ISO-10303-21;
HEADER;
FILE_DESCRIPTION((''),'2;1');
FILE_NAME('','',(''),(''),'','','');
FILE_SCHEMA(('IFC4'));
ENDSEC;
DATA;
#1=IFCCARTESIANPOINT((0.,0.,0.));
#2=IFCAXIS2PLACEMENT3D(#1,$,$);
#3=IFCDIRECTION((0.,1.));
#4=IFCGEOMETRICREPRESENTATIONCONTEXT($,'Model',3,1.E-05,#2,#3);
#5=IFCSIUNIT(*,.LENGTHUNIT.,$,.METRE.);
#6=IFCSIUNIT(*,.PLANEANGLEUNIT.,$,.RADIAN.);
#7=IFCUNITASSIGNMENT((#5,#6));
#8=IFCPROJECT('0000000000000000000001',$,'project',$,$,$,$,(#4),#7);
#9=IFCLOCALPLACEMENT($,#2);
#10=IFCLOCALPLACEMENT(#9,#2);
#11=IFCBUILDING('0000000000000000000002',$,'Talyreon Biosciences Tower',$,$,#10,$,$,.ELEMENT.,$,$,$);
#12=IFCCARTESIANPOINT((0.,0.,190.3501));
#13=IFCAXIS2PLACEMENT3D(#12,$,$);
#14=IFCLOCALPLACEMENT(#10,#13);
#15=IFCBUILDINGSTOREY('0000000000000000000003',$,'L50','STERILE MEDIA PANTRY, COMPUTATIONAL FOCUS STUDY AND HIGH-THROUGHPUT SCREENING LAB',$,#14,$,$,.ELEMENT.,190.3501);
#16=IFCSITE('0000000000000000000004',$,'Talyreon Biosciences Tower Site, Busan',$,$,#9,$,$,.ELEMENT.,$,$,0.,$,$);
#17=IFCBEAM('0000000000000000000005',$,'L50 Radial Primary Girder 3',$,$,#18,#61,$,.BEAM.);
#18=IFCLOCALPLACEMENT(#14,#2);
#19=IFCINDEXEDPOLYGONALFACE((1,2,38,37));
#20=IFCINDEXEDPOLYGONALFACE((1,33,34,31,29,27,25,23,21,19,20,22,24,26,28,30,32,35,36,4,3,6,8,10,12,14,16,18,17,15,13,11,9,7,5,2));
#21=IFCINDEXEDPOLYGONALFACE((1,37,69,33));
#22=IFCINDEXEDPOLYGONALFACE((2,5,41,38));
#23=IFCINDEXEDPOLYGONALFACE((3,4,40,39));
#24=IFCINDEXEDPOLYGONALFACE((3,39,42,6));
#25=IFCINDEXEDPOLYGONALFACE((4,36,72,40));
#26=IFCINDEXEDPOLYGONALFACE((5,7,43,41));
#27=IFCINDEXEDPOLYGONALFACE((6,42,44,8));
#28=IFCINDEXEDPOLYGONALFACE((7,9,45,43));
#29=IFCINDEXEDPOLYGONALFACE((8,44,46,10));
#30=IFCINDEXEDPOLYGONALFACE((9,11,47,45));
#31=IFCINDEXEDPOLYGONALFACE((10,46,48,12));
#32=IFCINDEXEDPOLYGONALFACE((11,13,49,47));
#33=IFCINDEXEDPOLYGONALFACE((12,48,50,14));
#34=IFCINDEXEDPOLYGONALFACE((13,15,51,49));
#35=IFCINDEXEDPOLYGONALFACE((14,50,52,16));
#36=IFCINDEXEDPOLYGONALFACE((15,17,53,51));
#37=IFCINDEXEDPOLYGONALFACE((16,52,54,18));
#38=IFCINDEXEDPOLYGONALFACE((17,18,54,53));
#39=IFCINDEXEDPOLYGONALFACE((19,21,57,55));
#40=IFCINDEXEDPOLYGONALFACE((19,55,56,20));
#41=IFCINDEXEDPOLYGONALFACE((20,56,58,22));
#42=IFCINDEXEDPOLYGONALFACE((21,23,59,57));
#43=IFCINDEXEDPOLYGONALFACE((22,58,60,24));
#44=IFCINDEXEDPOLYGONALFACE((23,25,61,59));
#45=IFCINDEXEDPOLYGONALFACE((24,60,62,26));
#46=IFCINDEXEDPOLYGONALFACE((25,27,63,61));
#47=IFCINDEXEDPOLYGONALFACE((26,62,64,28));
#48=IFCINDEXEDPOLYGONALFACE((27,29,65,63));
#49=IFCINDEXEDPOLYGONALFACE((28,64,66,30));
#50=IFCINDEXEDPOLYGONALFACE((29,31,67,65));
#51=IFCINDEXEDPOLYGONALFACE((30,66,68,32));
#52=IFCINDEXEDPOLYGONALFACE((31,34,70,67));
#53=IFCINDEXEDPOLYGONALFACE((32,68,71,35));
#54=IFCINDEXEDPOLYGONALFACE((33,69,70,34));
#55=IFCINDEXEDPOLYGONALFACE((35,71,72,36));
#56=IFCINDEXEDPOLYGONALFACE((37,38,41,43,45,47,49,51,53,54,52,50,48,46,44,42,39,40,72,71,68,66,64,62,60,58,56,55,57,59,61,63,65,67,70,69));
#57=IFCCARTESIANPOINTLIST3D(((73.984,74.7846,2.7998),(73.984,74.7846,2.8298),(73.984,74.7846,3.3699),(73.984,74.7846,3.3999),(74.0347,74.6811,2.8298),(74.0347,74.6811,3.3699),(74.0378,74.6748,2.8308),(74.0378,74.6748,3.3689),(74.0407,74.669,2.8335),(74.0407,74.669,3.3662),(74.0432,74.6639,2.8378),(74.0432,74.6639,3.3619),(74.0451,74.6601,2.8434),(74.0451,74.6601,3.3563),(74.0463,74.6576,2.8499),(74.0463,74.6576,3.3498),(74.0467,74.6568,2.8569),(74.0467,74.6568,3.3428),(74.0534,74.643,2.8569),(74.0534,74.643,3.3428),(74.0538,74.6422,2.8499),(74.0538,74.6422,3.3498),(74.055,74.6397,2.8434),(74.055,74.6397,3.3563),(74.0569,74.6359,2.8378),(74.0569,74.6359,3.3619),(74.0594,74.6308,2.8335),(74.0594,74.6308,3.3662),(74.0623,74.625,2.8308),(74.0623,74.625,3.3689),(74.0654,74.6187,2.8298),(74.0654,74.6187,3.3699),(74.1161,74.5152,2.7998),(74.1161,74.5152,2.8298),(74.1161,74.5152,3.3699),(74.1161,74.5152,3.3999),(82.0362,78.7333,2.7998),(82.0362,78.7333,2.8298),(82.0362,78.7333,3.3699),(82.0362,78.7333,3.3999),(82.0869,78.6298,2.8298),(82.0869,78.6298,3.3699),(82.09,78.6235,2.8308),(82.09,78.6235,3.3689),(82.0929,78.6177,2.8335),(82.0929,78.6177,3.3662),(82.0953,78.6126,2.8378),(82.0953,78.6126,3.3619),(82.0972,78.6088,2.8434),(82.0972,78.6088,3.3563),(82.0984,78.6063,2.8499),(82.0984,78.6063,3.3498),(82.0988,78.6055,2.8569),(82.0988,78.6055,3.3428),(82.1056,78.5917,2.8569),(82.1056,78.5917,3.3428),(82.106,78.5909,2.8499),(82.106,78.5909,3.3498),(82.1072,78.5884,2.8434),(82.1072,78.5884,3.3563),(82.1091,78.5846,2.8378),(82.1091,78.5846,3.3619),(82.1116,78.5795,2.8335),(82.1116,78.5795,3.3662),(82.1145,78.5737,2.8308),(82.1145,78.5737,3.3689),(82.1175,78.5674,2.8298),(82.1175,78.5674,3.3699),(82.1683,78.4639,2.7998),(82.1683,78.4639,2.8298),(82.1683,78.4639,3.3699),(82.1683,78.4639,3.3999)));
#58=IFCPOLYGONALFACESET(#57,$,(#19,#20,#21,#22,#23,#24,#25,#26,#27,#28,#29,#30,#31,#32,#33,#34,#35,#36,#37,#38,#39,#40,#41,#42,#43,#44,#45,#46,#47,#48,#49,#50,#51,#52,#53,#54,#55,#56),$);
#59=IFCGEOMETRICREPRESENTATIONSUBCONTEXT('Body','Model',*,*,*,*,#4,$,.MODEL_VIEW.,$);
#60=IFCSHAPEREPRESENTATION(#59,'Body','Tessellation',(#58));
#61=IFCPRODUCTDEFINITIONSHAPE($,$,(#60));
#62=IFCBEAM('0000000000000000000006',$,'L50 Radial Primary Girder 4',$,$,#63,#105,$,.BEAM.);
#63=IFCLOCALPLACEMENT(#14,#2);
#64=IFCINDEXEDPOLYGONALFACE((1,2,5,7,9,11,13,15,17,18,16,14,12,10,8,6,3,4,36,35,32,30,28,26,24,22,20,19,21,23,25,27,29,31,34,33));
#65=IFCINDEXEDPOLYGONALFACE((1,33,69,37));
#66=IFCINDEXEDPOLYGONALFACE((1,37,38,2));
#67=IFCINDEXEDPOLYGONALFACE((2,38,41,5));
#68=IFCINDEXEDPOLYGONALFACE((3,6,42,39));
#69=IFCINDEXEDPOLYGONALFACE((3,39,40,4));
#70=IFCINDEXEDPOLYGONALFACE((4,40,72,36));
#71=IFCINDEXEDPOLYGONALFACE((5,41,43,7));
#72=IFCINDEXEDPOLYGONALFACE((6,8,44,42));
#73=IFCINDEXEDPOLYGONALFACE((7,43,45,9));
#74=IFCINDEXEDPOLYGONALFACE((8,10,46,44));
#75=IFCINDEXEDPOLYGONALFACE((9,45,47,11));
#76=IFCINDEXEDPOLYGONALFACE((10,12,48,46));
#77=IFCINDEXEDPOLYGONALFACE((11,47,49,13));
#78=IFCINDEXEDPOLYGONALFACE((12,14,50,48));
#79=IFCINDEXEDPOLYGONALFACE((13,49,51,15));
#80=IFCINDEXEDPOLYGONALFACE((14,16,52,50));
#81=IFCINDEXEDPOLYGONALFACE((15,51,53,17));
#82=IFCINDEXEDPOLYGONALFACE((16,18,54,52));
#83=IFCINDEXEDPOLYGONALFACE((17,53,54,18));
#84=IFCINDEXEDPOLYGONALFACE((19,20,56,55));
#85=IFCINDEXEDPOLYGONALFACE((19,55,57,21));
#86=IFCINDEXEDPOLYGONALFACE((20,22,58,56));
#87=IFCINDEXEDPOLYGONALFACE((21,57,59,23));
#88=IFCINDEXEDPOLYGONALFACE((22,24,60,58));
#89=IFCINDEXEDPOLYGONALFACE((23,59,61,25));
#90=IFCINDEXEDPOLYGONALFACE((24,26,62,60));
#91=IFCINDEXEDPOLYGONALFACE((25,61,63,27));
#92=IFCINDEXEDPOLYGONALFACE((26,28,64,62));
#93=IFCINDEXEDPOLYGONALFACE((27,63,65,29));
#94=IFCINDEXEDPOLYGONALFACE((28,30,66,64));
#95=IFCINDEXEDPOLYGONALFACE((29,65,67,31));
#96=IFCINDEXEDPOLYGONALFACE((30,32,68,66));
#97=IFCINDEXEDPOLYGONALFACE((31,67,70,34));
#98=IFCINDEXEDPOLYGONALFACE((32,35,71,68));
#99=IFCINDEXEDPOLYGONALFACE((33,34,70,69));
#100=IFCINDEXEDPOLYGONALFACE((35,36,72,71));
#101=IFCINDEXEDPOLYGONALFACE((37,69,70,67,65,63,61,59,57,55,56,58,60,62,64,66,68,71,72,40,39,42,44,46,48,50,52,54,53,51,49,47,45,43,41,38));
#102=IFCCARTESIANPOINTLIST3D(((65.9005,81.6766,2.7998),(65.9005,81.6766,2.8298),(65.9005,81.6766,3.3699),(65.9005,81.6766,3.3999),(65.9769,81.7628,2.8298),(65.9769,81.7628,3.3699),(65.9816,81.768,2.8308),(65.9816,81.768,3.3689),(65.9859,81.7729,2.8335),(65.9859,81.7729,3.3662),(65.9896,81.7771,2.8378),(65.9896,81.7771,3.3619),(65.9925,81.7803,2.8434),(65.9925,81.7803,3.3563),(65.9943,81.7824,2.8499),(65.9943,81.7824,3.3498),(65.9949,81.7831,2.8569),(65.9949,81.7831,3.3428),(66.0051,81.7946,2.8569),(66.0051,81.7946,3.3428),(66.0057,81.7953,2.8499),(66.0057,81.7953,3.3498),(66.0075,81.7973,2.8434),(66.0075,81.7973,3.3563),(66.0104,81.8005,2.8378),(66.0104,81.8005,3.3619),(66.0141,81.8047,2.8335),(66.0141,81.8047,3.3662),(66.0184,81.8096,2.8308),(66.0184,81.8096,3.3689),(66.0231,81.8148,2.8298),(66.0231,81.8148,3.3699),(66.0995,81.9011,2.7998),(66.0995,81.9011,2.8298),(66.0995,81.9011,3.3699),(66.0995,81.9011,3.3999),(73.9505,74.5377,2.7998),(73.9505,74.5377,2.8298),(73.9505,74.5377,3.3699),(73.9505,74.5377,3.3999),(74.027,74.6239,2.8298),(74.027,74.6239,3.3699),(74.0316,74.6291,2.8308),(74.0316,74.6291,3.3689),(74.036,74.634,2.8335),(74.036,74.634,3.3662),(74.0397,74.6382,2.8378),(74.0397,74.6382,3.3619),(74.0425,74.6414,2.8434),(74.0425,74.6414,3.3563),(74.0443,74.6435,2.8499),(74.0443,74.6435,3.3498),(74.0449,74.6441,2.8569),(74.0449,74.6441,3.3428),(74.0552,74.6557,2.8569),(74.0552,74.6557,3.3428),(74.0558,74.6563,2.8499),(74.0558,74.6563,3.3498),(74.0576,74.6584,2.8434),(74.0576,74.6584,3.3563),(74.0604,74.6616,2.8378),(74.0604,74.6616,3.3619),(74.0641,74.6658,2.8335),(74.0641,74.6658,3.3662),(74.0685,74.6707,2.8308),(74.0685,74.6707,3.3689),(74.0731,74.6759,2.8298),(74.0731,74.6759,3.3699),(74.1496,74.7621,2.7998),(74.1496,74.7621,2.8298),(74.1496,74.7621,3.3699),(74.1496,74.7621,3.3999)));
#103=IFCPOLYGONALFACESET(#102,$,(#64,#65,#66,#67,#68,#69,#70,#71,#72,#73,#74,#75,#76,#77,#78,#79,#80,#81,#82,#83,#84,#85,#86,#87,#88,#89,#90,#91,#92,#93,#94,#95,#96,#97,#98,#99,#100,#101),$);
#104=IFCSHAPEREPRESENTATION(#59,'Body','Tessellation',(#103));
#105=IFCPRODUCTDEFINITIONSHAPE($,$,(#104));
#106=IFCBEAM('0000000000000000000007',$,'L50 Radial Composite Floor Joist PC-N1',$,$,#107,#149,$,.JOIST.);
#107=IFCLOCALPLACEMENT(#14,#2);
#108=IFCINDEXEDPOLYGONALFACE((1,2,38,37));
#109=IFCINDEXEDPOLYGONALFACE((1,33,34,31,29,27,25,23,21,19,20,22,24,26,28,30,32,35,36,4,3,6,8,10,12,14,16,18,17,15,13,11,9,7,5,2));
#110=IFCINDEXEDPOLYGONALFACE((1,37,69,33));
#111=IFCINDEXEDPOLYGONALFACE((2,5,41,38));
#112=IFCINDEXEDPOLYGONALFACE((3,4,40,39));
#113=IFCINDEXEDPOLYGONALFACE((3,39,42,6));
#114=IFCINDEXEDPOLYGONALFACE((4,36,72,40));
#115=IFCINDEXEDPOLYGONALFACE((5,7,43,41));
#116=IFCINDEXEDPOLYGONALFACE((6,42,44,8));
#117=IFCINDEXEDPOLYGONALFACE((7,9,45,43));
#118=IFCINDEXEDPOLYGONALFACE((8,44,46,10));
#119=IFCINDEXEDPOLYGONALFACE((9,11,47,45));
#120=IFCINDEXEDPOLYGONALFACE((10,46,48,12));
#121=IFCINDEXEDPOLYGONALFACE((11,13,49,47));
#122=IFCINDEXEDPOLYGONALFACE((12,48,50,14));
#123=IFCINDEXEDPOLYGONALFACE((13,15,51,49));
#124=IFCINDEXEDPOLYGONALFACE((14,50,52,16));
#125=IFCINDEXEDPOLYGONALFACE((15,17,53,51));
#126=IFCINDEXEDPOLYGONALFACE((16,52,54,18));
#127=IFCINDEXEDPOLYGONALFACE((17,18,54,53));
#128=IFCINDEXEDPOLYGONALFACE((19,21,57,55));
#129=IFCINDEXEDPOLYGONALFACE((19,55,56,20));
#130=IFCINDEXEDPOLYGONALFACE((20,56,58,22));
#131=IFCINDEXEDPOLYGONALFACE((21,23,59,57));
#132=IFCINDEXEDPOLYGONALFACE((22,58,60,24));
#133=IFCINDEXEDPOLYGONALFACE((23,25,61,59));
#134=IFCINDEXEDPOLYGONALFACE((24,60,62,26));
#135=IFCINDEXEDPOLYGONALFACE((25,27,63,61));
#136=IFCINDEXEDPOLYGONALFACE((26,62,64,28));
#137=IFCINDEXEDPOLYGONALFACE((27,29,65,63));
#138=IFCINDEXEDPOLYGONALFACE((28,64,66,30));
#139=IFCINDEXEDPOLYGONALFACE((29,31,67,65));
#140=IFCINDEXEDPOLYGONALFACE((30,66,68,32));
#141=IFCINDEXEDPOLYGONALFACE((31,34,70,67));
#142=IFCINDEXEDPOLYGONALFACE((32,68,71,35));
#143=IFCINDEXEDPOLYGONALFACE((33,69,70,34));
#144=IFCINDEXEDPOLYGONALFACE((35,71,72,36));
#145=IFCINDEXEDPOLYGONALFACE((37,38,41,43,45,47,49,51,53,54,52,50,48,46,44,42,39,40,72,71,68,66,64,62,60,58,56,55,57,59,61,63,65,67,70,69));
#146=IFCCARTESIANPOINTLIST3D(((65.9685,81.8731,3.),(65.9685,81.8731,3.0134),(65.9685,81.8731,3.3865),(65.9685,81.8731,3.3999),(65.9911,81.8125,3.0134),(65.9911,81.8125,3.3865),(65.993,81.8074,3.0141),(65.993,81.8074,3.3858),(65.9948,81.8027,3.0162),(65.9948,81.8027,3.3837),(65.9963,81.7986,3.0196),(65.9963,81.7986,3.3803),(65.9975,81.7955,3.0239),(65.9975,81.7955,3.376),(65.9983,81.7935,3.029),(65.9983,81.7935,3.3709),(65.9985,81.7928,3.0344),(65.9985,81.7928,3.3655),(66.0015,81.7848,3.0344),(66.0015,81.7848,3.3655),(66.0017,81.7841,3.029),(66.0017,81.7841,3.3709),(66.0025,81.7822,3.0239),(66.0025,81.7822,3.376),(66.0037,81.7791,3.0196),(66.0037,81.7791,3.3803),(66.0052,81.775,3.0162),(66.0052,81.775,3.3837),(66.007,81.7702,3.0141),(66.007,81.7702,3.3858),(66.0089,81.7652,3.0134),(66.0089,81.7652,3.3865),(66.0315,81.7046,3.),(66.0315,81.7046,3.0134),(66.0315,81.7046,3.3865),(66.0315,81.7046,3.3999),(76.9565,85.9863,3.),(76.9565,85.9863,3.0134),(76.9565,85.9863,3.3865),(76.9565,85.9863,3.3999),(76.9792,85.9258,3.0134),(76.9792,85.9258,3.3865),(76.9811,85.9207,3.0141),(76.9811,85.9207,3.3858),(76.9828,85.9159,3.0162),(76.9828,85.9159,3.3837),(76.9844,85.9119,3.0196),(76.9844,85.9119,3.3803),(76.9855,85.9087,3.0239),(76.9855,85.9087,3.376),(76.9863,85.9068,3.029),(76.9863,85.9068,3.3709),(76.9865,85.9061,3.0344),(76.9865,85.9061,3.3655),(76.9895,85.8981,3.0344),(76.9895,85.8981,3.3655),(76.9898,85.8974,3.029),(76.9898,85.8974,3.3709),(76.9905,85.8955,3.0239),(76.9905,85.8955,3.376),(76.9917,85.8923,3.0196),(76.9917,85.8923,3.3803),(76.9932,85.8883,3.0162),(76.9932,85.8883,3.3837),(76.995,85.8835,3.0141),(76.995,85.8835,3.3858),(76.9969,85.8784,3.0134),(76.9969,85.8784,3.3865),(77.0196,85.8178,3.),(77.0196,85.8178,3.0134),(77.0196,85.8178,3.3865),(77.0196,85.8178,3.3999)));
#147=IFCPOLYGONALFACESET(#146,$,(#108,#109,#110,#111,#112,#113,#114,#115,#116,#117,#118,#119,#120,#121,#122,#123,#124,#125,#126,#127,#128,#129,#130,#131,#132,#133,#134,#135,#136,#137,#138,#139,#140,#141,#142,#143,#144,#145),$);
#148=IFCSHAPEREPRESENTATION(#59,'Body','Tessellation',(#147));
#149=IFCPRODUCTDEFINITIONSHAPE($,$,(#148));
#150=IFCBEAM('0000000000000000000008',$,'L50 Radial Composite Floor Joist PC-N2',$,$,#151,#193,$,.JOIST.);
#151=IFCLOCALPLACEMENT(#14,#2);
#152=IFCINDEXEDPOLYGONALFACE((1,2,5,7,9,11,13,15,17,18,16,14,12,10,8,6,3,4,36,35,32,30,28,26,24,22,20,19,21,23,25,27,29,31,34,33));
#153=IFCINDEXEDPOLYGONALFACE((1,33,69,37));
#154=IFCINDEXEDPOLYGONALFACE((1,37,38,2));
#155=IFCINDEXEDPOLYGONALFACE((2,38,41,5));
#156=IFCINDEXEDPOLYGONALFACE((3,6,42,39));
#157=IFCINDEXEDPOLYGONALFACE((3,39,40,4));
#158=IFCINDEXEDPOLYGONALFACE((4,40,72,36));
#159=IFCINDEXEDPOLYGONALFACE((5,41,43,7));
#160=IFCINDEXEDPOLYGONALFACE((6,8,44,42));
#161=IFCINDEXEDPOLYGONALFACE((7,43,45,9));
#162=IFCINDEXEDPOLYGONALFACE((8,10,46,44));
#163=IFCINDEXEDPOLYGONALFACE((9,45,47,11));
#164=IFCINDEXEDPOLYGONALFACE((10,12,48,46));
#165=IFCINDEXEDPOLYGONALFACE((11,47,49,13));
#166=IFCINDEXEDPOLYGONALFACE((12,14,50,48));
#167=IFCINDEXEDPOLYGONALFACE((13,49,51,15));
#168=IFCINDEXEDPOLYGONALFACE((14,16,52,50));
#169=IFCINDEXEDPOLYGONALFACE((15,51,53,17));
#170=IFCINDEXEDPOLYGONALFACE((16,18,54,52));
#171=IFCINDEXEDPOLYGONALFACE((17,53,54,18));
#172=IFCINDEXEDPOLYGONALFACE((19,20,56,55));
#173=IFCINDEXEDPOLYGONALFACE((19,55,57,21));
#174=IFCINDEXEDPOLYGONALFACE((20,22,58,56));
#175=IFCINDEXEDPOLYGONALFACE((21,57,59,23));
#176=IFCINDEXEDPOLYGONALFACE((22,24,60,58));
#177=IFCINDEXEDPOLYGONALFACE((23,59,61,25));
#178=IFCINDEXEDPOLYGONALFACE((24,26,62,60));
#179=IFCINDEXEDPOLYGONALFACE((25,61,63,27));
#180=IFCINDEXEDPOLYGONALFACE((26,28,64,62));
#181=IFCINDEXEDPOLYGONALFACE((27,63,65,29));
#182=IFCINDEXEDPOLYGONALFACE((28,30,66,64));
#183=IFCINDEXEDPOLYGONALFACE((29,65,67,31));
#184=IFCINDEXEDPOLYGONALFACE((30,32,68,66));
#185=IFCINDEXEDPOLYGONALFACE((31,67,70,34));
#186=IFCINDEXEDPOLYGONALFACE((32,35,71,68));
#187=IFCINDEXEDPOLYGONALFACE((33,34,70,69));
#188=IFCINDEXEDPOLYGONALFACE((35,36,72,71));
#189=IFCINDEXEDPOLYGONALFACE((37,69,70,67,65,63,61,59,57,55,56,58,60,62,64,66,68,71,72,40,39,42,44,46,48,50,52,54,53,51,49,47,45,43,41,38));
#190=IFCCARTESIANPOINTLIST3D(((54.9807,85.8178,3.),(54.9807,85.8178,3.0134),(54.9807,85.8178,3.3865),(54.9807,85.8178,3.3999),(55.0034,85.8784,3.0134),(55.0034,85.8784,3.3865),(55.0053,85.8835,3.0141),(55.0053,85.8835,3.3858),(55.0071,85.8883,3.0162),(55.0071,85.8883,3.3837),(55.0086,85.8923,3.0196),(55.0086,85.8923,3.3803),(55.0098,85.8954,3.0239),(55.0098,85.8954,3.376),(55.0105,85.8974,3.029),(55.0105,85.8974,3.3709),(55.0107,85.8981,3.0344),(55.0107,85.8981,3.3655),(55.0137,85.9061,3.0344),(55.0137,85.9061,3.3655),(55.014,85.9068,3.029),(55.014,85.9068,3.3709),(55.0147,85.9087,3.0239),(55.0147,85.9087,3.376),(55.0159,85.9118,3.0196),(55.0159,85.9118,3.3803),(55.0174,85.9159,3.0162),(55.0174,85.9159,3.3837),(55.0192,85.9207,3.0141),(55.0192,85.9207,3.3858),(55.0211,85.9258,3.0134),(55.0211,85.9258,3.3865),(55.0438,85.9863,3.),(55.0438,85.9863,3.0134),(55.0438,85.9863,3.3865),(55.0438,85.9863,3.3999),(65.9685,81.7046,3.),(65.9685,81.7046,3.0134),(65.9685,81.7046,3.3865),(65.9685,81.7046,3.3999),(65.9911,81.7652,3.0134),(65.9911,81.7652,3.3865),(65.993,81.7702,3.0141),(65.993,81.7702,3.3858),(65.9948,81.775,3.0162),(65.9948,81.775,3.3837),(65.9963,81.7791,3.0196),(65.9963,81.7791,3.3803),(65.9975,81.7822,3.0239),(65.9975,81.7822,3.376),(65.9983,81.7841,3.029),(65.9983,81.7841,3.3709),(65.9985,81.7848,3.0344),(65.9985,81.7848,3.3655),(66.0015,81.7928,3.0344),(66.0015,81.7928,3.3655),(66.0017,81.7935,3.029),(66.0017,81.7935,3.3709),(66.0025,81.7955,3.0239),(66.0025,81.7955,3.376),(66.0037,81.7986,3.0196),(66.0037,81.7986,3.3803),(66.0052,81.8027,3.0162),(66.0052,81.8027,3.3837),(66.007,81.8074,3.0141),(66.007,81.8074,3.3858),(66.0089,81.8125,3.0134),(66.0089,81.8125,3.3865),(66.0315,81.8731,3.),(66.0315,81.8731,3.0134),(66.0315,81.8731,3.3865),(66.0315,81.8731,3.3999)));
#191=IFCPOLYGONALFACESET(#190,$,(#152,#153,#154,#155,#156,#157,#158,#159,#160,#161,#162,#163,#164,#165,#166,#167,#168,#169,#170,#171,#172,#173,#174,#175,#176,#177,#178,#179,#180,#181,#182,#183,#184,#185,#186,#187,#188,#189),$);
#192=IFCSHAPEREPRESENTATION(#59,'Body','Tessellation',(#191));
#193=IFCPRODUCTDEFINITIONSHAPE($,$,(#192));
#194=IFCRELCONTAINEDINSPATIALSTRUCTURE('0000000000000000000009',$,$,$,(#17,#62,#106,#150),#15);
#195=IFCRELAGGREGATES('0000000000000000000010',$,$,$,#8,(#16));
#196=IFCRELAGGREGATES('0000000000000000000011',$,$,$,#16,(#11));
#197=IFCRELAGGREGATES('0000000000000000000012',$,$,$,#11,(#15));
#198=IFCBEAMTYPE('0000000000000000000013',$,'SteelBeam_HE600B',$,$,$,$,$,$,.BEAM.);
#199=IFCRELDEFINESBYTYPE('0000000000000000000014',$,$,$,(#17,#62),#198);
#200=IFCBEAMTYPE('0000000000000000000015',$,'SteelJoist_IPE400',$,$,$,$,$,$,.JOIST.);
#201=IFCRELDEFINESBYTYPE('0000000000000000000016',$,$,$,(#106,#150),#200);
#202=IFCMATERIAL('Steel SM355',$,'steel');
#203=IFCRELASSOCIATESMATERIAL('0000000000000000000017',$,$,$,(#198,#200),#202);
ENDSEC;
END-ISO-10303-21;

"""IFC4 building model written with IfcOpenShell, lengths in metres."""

from ifc_helpers import new_model, si_unit, direction, frame, origin, origin_2d, place, context, subcontext, project, spatial, i_section, extrude, material, material_profile, profile_set, type_object, element, save


model = new_model("IFC4")

# Units and contexts
model_context = context("Model", 3, precision=1e-05, world=origin(), true_north=direction((0.0, 1.0)))
body_context = subcontext(model_context, "Body", "Model", "MODEL_VIEW")
ifc_project = project(units=[si_unit("LENGTHUNIT", "METRE"), si_unit("PLANEANGLEUNIT", "RADIAN")], contexts=[model_context])

# Site, building, storey
site_placement = place(None, origin())
site = spatial("IfcSite", under=ifc_project, at=site_placement, Name="Talyreon Biosciences Tower Site, Busan", CompositionType="ELEMENT", RefElevation=0.0)
building_placement = place(site_placement, origin())
building = spatial("IfcBuilding", under=site, at=building_placement, Name="Talyreon Biosciences Tower", CompositionType="ELEMENT")
storey_placement = place(building_placement, frame((0.0, 0.0, 190.3501)))
storey = spatial("IfcBuildingStorey", under=building, at=storey_placement, Name="L50", Description="STERILE MEDIA PANTRY, COMPUTATIONAL FOCUS STUDY AND HIGH-THROUGHPUT SCREENING LAB", CompositionType="ELEMENT", Elevation=190.3501)

# Beams
ifc_material_1 = material(Name="Steel SM355", Category="steel")
ifc_material_profile_1 = material_profile(ifc_material_1, i_section(OverallWidth=0.3, OverallDepth=0.6001, WebThickness=0.0154, FlangeThickness=0.03, FilletRadius=0.0271, at=origin_2d()), Name="HE600B")
ifc_profile_set_1 = profile_set([ifc_material_profile_1], Name="Steel SM355")
beam_type_1 = type_object("IfcBeamType", Name="SteelBeam_HE600B", PredefinedType="BEAM", material=ifc_profile_set_1)
beam_1_placement = place(storey_placement, frame((74.05, 74.6499, 3.0999), z_axis=(0.897852, 0.440297, 0.0), x_axis=(-0.440297, 0.897852, 0.0)))
element("IfcBeam", 1, at=beam_1_placement, inside=storey, type_object=beam_type_1, Name="L50 Radial Primary Girder 3", PredefinedType="BEAM", context=body_context, shape_type="SweptSolid", body=[
    extrude(i_section(OverallWidth=0.3, OverallDepth=0.6001, WebThickness=0.0154, FlangeThickness=0.03, FilletRadius=0.0271, at=origin_2d()), origin(), (0.0, 0.0, 1.0), 8.9683),
])
beam_2_placement = place(storey_placement, frame((74.05, 74.6499, 3.0999), z_axis=(-0.748179, 0.663497, 0.0), x_axis=(-0.663497, -0.748179, 0.0)))
element("IfcBeam", 2, at=beam_2_placement, inside=storey, type_object=beam_type_1, Name="L50 Radial Primary Girder 4", PredefinedType="BEAM", context=body_context, shape_type="SweptSolid", body=[
    extrude(i_section(OverallWidth=0.3, OverallDepth=0.6001, WebThickness=0.0154, FlangeThickness=0.03, FilletRadius=0.0271, at=origin_2d()), origin(), (0.0, 0.0, 1.0), 10.7595),
])
ifc_material_profile_2 = material_profile(ifc_material_1, i_section(OverallWidth=0.1799, OverallDepth=0.3999, WebThickness=0.0085, FlangeThickness=0.0134, FilletRadius=0.021, at=origin_2d()), Name="IPE400")
ifc_profile_set_2 = profile_set([ifc_material_profile_2], Name="Steel SM355")
beam_type_2 = type_object("IfcBeamType", Name="SteelJoist_IPE400", PredefinedType="JOIST", material=ifc_profile_set_2)
beam_3_placement = place(storey_placement, frame((66.0, 81.7888, 3.2), z_axis=(0.936532, 0.350583, 0.0), x_axis=(-0.350583, 0.936532, 0.0)))
element("IfcBeam", 3, at=beam_3_placement, inside=storey, type_object=beam_type_2, Name="L50 Radial Composite Floor Joist PC-N1", PredefinedType="JOIST", context=body_context, shape_type="SweptSolid", body=[
    extrude(i_section(OverallWidth=0.1799, OverallDepth=0.3999, WebThickness=0.0085, FlangeThickness=0.0134, FilletRadius=0.021, at=origin_2d()), origin(), (0.0, 0.0, 1.0), 11.7327),
])
beam_4_placement = place(storey_placement, frame((66.0, 81.7888, 3.2), z_axis=(-0.936529, 0.35059, 0.0), x_axis=(-0.35059, -0.936529, 0.0)))
element("IfcBeam", 4, at=beam_4_placement, inside=storey, type_object=beam_type_2, Name="L50 Radial Composite Floor Joist PC-N2", PredefinedType="JOIST", context=body_context, shape_type="SweptSolid", body=[
    extrude(i_section(OverallWidth=0.1799, OverallDepth=0.3999, WebThickness=0.0085, FlangeThickness=0.0134, FilletRadius=0.021, at=origin_2d()), origin(), (0.0, 0.0, 1.0), 11.7324),
])

save(model, "model.ifc")
